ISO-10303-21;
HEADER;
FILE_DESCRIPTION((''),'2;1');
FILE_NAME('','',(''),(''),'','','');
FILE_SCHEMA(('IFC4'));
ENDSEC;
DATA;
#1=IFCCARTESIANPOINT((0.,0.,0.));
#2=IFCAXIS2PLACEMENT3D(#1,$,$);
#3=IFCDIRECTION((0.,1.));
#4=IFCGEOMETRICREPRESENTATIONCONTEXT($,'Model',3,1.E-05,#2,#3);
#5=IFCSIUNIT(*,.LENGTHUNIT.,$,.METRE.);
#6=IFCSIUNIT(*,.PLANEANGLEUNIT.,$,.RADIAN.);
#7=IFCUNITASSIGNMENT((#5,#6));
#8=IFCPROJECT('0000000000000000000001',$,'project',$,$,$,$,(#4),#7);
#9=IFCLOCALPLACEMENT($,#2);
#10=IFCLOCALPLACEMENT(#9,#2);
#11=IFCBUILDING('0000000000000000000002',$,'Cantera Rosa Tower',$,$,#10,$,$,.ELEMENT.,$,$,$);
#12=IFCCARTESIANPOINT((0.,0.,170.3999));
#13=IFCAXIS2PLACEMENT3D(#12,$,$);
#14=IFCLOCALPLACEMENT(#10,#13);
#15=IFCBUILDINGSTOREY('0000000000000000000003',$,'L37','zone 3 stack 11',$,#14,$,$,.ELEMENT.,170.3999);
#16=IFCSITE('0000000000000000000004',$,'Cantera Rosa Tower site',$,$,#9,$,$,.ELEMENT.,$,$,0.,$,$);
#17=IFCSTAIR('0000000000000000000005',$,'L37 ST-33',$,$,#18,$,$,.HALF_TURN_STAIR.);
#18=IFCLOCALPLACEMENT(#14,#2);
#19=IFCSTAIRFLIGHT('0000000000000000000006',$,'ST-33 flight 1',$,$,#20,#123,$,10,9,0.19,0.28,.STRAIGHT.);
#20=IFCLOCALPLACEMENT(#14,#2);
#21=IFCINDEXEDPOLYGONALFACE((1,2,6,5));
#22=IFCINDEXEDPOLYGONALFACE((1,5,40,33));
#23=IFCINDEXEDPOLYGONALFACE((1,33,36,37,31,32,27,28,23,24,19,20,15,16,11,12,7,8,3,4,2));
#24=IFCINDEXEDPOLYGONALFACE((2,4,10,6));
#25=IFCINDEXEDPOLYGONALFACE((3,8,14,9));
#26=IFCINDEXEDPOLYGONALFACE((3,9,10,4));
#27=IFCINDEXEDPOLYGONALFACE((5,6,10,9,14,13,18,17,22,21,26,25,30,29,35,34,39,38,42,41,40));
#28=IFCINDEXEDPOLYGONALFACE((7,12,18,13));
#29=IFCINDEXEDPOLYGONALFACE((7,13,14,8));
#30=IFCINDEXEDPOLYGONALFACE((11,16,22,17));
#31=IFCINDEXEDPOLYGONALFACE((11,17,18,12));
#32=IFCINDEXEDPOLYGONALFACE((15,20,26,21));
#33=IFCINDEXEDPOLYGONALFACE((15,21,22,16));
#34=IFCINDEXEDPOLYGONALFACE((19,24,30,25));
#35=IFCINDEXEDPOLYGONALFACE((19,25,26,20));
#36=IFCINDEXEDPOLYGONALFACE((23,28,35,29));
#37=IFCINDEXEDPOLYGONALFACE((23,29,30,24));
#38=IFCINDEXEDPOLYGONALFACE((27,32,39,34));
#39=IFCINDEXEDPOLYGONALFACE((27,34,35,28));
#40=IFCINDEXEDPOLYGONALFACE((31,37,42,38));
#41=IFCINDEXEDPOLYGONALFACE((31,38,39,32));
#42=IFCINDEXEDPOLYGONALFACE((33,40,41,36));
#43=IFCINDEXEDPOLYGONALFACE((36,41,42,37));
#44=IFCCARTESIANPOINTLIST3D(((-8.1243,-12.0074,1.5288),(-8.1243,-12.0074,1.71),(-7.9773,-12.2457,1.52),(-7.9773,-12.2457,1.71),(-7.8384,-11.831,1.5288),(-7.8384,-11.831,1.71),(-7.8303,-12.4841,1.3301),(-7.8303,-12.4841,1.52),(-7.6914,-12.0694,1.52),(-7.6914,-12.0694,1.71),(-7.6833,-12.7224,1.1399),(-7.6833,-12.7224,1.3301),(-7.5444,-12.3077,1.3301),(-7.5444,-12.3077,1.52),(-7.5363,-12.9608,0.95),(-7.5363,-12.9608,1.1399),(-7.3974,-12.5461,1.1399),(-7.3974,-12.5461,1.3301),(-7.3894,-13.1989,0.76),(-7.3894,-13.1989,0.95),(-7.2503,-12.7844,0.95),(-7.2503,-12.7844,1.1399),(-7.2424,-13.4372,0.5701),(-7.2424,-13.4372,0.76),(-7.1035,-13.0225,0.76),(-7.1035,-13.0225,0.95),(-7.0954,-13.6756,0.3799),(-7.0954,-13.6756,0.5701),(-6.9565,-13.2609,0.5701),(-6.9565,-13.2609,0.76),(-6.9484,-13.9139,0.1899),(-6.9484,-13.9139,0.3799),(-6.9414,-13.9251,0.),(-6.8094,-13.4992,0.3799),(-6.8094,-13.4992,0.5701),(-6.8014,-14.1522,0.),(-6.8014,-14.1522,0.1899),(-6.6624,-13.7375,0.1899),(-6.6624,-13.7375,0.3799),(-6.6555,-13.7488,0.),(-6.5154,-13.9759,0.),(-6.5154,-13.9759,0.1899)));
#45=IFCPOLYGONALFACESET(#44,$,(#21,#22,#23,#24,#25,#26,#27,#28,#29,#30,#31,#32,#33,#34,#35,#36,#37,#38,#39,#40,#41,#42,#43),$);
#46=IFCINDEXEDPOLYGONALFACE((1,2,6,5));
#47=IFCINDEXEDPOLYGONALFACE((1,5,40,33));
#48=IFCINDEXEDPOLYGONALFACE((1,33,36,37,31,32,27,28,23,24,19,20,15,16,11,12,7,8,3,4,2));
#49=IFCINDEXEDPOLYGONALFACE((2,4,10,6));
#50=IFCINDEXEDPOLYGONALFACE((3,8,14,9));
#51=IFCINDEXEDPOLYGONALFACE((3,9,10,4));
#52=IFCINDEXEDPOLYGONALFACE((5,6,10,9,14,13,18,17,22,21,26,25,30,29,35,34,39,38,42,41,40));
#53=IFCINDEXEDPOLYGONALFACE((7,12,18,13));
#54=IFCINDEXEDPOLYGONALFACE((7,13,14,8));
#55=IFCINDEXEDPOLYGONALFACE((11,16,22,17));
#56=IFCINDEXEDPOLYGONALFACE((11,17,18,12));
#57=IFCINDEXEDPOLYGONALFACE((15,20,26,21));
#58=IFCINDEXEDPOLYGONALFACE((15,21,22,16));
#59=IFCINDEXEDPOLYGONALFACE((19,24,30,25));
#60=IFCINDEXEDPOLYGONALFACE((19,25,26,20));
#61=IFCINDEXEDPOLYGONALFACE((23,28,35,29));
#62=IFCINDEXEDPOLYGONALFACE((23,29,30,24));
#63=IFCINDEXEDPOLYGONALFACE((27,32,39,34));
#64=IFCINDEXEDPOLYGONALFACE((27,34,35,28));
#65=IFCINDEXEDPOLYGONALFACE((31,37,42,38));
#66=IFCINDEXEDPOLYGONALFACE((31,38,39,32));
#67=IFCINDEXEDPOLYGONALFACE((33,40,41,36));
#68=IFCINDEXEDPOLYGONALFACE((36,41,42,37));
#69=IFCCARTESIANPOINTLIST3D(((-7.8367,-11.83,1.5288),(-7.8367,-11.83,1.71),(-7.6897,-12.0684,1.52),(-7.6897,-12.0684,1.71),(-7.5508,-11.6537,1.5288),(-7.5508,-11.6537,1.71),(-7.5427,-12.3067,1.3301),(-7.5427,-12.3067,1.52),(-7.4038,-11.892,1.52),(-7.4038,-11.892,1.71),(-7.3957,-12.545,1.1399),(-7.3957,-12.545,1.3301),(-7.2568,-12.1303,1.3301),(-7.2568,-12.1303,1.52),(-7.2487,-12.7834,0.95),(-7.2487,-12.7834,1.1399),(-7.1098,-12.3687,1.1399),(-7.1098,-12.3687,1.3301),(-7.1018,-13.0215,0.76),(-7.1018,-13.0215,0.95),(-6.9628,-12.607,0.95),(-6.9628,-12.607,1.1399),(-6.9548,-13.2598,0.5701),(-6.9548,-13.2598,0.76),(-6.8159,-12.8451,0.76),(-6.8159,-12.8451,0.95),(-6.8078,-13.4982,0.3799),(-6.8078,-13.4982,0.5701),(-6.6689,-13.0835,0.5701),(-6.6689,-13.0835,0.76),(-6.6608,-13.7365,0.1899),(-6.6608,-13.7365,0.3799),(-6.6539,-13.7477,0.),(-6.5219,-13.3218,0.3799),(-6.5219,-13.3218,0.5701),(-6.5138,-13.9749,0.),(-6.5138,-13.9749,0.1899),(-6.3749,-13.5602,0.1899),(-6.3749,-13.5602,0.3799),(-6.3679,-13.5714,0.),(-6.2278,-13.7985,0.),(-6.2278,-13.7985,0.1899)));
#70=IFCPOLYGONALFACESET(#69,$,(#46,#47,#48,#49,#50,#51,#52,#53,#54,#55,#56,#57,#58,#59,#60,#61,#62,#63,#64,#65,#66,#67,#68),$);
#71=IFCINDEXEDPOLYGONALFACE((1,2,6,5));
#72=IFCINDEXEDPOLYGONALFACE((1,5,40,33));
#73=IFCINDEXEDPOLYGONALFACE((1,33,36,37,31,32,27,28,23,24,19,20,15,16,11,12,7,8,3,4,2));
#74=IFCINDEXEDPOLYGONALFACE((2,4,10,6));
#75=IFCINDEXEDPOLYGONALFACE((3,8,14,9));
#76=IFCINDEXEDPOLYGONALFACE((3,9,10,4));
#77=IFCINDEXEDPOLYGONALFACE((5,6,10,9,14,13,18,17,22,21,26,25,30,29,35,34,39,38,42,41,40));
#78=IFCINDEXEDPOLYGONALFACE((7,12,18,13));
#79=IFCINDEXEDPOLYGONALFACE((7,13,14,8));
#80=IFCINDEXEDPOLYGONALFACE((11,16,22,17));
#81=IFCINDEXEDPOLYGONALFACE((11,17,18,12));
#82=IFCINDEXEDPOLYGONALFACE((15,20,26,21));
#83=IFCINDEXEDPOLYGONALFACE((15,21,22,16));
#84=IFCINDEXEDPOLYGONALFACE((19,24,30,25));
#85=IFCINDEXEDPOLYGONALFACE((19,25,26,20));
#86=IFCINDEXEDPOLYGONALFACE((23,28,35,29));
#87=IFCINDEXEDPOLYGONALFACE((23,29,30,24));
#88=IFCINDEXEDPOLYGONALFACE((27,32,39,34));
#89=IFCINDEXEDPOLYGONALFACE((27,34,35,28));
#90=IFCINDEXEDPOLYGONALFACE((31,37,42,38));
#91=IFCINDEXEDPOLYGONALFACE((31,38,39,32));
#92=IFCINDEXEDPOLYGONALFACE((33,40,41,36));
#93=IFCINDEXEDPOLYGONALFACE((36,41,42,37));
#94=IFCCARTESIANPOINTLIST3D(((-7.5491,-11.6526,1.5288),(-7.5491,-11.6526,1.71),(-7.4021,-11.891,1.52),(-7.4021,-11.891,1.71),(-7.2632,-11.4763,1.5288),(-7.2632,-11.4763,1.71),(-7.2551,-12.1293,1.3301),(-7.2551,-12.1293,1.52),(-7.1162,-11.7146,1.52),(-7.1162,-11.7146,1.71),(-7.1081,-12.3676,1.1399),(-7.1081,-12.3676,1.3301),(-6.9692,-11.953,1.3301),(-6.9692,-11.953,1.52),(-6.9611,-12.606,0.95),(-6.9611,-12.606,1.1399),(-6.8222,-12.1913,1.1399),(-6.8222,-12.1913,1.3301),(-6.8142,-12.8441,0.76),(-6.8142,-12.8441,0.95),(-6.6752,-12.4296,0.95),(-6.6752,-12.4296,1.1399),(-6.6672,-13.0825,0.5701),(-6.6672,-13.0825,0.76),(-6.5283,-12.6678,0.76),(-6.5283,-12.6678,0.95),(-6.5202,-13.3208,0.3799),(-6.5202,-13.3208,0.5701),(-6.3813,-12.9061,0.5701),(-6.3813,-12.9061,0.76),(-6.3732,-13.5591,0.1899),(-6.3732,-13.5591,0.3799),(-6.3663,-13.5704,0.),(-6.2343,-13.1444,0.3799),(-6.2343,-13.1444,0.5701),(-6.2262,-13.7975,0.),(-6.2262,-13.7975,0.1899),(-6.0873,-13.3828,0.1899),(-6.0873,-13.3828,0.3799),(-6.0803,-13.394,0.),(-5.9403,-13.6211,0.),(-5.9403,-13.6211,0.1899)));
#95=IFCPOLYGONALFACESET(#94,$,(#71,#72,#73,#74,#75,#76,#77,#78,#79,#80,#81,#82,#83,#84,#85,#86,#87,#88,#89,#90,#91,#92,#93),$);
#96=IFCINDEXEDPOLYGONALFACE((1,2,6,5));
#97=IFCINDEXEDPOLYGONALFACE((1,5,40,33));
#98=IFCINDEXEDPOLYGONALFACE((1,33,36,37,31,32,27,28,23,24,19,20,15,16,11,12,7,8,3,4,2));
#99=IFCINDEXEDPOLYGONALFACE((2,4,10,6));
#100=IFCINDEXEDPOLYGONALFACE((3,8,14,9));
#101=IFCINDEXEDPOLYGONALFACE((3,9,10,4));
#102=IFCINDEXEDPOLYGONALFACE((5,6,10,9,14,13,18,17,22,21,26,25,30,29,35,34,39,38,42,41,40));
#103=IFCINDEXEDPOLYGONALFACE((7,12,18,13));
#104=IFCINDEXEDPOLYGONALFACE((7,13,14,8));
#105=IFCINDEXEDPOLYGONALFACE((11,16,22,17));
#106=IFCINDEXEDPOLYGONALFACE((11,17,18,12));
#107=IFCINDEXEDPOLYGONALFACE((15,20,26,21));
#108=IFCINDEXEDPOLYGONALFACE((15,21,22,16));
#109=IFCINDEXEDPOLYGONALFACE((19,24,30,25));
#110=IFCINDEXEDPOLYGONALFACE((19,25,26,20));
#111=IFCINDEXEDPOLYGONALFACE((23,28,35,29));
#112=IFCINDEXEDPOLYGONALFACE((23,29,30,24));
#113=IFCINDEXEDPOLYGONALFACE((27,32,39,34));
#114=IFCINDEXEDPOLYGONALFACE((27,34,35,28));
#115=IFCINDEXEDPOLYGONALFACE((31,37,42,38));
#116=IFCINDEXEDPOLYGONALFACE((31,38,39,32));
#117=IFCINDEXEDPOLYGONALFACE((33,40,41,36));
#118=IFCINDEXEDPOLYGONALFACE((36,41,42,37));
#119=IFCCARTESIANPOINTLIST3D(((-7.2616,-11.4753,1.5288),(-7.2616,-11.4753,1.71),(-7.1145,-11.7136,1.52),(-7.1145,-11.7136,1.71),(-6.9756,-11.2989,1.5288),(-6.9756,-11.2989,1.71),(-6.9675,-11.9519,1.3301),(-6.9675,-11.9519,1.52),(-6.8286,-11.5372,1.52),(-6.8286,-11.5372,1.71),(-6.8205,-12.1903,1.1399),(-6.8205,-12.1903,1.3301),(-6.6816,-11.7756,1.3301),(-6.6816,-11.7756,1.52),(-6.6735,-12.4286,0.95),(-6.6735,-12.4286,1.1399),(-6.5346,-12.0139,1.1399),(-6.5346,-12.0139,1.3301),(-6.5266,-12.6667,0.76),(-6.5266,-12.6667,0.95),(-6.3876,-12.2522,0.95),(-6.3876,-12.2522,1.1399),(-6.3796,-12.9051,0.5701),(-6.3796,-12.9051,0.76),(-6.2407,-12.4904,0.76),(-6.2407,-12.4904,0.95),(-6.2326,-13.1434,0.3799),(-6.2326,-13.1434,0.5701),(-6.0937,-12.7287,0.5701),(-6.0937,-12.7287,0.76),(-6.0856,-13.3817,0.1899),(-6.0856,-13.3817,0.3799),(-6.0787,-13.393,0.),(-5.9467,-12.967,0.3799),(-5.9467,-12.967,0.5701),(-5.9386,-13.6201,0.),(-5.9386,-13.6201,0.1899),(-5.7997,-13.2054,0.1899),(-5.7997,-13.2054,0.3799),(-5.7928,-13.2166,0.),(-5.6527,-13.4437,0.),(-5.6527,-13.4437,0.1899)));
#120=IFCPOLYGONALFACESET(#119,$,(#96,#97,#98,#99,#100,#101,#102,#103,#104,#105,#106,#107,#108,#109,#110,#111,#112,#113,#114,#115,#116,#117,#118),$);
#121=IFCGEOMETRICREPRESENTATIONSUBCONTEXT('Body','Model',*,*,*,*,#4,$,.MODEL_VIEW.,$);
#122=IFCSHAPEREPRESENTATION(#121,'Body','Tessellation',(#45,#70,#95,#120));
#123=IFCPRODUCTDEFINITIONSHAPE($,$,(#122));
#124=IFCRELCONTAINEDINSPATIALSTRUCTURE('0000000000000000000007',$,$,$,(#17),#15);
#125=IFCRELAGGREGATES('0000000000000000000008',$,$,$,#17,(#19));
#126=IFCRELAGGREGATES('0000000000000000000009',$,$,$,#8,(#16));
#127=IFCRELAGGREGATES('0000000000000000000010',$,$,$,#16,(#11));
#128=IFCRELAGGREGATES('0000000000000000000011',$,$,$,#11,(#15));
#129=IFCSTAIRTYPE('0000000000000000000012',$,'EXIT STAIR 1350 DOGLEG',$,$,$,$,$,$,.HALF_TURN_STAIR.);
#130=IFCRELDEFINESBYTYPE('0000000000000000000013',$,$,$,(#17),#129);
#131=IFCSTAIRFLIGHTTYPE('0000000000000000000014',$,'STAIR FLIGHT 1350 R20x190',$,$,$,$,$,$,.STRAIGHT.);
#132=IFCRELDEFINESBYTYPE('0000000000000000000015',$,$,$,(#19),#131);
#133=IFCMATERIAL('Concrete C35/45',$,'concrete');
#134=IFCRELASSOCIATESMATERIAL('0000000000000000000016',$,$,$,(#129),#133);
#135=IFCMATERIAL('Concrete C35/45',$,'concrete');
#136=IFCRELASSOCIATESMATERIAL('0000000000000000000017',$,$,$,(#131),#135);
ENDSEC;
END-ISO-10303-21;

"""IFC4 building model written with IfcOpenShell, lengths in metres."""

from ifc_helpers import new_model, si_unit, direction, frame, origin, place, context, subcontext, project, spatial, polyline, outline, extrude, material, type_object, element, aggregate, save


model = new_model("IFC4")

# Units and contexts
model_context = context("Model", 3, precision=1e-05, world=origin(), true_north=direction((0.0, 1.0)))
body_context = subcontext(model_context, "Body", "Model", "MODEL_VIEW")
ifc_project = project(units=[si_unit("LENGTHUNIT", "METRE"), si_unit("PLANEANGLEUNIT", "RADIAN")], contexts=[model_context])

# Site, building, storey
site_placement = place(None, origin())
site = spatial("IfcSite", under=ifc_project, at=site_placement, Name="Cantera Rosa Tower site", CompositionType="ELEMENT", RefElevation=0.0)
building_placement = place(site_placement, origin())
building = spatial("IfcBuilding", under=site, at=building_placement, Name="Cantera Rosa Tower", CompositionType="ELEMENT")
storey_placement = place(building_placement, frame((0.0, 0.0, 170.3999)))
storey = spatial("IfcBuildingStorey", under=building, at=storey_placement, Name="L37", Description="zone 3 stack 11", CompositionType="ELEMENT", Elevation=170.3999)

# Shared definitions
ifc_material_1 = material(Name="Concrete C35/45", Category="concrete")
stair_type = type_object("IfcStairType", Name="EXIT STAIR 1350 DOGLEG", PredefinedType="HALF_TURN_STAIR", material=ifc_material_1)
ifc_material_2 = material(Name="Concrete C35/45", Category="concrete")
stair_flight_type = type_object("IfcStairFlightType", Name="STAIR FLIGHT 1350 R20x190", PredefinedType="STRAIGHT", material=ifc_material_2)

# Stair, stair flight
stair_1_placement = place(storey_placement, origin())
stair_1 = element("IfcStair", 1, at=stair_1_placement, inside=storey, type_object=stair_type, Name="L37 ST-33", PredefinedType="HALF_TURN_STAIR")
stair_flight_1_placement = place(storey_placement, frame((-6.2268, -13.7979, 0.0), z_axis=(0.0, 0.0, 1.0), x_axis=(-0.524977, 0.851117, 0.0)))
stair_flight_1 = element("IfcStairFlight", 2, at=stair_flight_1_placement, type_object=stair_flight_type, Name="ST-33 flight 1", NumberOfRisers=10, NumberOfTreads=9, PredefinedType="STRAIGHT", RiserHeight=0.19, TreadLength=0.28, context=body_context, shape_type="SweptSolid", body=[
    extrude(outline(polyline([(0.0, 0.0), (0.0, 0.1899), (0.28, 0.1899), (0.28, 0.3799), (0.5601, 0.3799), (0.5601, 0.5701), (0.8401, 0.5701), (0.8401, 0.76), (1.1201, 0.76), (1.1201, 0.95), (1.3999, 0.95), (1.3999, 1.1399), (1.6799, 1.1399), (1.6799, 1.3301), (1.96, 1.3301), (1.96, 1.52), (2.24, 1.52), (2.24, 1.71), (2.52, 1.71), (2.52, 1.8999), (2.52, 1.5288), (0.2668, 0.0), (0.0, 0.0)])), frame((0.0, 0.675, 0.0), z_axis=(0.0, -1.0, 0.0), x_axis=(1.0, 0.0, 0.0)), (0.0, 0.0, 1.0), 0.3359),
    extrude(outline(polyline([(0.0, 0.0), (0.0, 0.1899), (0.28, 0.1899), (0.28, 0.3799), (0.5601, 0.3799), (0.5601, 0.5701), (0.8401, 0.5701), (0.8401, 0.76), (1.1201, 0.76), (1.1201, 0.95), (1.3999, 0.95), (1.3999, 1.1399), (1.6799, 1.1399), (1.6799, 1.3301), (1.96, 1.3301), (1.96, 1.52), (2.24, 1.52), (2.24, 1.71), (2.52, 1.71), (2.52, 1.8999), (2.52, 1.5288), (0.2668, 0.0), (0.0, 0.0)])), frame((0.0, 0.3372, 0.0), z_axis=(0.0, -1.0, 0.0), x_axis=(1.0, 0.0, 0.0)), (0.0, 0.0, 1.0), 0.3359),
    extrude(outline(polyline([(0.0, 0.0), (0.0, 0.1899), (0.28, 0.1899), (0.28, 0.3799), (0.5601, 0.3799), (0.5601, 0.5701), (0.8401, 0.5701), (0.8401, 0.76), (1.1201, 0.76), (1.1201, 0.95), (1.3999, 0.95), (1.3999, 1.1399), (1.6799, 1.1399), (1.6799, 1.3301), (1.96, 1.3301), (1.96, 1.52), (2.24, 1.52), (2.24, 1.71), (2.52, 1.71), (2.52, 1.8999), (2.52, 1.5288), (0.2668, 0.0), (0.0, 0.0)])), frame((0.0, -0.0007, 0.0), z_axis=(0.0, -1.0, 0.0), x_axis=(1.0, 0.0, 0.0)), (0.0, 0.0, 1.0), 0.3359),
    extrude(outline(polyline([(0.0, 0.0), (0.0, 0.1899), (0.28, 0.1899), (0.28, 0.3799), (0.5601, 0.3799), (0.5601, 0.5701), (0.8401, 0.5701), (0.8401, 0.76), (1.1201, 0.76), (1.1201, 0.95), (1.3999, 0.95), (1.3999, 1.1399), (1.6799, 1.1399), (1.6799, 1.3301), (1.96, 1.3301), (1.96, 1.52), (2.24, 1.52), (2.24, 1.71), (2.52, 1.71), (2.52, 1.8999), (2.52, 1.5288), (0.2668, 0.0), (0.0, 0.0)])), frame((0.0, -0.3386, 0.0), z_axis=(0.0, -1.0, 0.0), x_axis=(1.0, 0.0, 0.0)), (0.0, 0.0, 1.0), 0.3359),
])
aggregate(stair_1, [stair_flight_1])

save(model, "model.ifc")
